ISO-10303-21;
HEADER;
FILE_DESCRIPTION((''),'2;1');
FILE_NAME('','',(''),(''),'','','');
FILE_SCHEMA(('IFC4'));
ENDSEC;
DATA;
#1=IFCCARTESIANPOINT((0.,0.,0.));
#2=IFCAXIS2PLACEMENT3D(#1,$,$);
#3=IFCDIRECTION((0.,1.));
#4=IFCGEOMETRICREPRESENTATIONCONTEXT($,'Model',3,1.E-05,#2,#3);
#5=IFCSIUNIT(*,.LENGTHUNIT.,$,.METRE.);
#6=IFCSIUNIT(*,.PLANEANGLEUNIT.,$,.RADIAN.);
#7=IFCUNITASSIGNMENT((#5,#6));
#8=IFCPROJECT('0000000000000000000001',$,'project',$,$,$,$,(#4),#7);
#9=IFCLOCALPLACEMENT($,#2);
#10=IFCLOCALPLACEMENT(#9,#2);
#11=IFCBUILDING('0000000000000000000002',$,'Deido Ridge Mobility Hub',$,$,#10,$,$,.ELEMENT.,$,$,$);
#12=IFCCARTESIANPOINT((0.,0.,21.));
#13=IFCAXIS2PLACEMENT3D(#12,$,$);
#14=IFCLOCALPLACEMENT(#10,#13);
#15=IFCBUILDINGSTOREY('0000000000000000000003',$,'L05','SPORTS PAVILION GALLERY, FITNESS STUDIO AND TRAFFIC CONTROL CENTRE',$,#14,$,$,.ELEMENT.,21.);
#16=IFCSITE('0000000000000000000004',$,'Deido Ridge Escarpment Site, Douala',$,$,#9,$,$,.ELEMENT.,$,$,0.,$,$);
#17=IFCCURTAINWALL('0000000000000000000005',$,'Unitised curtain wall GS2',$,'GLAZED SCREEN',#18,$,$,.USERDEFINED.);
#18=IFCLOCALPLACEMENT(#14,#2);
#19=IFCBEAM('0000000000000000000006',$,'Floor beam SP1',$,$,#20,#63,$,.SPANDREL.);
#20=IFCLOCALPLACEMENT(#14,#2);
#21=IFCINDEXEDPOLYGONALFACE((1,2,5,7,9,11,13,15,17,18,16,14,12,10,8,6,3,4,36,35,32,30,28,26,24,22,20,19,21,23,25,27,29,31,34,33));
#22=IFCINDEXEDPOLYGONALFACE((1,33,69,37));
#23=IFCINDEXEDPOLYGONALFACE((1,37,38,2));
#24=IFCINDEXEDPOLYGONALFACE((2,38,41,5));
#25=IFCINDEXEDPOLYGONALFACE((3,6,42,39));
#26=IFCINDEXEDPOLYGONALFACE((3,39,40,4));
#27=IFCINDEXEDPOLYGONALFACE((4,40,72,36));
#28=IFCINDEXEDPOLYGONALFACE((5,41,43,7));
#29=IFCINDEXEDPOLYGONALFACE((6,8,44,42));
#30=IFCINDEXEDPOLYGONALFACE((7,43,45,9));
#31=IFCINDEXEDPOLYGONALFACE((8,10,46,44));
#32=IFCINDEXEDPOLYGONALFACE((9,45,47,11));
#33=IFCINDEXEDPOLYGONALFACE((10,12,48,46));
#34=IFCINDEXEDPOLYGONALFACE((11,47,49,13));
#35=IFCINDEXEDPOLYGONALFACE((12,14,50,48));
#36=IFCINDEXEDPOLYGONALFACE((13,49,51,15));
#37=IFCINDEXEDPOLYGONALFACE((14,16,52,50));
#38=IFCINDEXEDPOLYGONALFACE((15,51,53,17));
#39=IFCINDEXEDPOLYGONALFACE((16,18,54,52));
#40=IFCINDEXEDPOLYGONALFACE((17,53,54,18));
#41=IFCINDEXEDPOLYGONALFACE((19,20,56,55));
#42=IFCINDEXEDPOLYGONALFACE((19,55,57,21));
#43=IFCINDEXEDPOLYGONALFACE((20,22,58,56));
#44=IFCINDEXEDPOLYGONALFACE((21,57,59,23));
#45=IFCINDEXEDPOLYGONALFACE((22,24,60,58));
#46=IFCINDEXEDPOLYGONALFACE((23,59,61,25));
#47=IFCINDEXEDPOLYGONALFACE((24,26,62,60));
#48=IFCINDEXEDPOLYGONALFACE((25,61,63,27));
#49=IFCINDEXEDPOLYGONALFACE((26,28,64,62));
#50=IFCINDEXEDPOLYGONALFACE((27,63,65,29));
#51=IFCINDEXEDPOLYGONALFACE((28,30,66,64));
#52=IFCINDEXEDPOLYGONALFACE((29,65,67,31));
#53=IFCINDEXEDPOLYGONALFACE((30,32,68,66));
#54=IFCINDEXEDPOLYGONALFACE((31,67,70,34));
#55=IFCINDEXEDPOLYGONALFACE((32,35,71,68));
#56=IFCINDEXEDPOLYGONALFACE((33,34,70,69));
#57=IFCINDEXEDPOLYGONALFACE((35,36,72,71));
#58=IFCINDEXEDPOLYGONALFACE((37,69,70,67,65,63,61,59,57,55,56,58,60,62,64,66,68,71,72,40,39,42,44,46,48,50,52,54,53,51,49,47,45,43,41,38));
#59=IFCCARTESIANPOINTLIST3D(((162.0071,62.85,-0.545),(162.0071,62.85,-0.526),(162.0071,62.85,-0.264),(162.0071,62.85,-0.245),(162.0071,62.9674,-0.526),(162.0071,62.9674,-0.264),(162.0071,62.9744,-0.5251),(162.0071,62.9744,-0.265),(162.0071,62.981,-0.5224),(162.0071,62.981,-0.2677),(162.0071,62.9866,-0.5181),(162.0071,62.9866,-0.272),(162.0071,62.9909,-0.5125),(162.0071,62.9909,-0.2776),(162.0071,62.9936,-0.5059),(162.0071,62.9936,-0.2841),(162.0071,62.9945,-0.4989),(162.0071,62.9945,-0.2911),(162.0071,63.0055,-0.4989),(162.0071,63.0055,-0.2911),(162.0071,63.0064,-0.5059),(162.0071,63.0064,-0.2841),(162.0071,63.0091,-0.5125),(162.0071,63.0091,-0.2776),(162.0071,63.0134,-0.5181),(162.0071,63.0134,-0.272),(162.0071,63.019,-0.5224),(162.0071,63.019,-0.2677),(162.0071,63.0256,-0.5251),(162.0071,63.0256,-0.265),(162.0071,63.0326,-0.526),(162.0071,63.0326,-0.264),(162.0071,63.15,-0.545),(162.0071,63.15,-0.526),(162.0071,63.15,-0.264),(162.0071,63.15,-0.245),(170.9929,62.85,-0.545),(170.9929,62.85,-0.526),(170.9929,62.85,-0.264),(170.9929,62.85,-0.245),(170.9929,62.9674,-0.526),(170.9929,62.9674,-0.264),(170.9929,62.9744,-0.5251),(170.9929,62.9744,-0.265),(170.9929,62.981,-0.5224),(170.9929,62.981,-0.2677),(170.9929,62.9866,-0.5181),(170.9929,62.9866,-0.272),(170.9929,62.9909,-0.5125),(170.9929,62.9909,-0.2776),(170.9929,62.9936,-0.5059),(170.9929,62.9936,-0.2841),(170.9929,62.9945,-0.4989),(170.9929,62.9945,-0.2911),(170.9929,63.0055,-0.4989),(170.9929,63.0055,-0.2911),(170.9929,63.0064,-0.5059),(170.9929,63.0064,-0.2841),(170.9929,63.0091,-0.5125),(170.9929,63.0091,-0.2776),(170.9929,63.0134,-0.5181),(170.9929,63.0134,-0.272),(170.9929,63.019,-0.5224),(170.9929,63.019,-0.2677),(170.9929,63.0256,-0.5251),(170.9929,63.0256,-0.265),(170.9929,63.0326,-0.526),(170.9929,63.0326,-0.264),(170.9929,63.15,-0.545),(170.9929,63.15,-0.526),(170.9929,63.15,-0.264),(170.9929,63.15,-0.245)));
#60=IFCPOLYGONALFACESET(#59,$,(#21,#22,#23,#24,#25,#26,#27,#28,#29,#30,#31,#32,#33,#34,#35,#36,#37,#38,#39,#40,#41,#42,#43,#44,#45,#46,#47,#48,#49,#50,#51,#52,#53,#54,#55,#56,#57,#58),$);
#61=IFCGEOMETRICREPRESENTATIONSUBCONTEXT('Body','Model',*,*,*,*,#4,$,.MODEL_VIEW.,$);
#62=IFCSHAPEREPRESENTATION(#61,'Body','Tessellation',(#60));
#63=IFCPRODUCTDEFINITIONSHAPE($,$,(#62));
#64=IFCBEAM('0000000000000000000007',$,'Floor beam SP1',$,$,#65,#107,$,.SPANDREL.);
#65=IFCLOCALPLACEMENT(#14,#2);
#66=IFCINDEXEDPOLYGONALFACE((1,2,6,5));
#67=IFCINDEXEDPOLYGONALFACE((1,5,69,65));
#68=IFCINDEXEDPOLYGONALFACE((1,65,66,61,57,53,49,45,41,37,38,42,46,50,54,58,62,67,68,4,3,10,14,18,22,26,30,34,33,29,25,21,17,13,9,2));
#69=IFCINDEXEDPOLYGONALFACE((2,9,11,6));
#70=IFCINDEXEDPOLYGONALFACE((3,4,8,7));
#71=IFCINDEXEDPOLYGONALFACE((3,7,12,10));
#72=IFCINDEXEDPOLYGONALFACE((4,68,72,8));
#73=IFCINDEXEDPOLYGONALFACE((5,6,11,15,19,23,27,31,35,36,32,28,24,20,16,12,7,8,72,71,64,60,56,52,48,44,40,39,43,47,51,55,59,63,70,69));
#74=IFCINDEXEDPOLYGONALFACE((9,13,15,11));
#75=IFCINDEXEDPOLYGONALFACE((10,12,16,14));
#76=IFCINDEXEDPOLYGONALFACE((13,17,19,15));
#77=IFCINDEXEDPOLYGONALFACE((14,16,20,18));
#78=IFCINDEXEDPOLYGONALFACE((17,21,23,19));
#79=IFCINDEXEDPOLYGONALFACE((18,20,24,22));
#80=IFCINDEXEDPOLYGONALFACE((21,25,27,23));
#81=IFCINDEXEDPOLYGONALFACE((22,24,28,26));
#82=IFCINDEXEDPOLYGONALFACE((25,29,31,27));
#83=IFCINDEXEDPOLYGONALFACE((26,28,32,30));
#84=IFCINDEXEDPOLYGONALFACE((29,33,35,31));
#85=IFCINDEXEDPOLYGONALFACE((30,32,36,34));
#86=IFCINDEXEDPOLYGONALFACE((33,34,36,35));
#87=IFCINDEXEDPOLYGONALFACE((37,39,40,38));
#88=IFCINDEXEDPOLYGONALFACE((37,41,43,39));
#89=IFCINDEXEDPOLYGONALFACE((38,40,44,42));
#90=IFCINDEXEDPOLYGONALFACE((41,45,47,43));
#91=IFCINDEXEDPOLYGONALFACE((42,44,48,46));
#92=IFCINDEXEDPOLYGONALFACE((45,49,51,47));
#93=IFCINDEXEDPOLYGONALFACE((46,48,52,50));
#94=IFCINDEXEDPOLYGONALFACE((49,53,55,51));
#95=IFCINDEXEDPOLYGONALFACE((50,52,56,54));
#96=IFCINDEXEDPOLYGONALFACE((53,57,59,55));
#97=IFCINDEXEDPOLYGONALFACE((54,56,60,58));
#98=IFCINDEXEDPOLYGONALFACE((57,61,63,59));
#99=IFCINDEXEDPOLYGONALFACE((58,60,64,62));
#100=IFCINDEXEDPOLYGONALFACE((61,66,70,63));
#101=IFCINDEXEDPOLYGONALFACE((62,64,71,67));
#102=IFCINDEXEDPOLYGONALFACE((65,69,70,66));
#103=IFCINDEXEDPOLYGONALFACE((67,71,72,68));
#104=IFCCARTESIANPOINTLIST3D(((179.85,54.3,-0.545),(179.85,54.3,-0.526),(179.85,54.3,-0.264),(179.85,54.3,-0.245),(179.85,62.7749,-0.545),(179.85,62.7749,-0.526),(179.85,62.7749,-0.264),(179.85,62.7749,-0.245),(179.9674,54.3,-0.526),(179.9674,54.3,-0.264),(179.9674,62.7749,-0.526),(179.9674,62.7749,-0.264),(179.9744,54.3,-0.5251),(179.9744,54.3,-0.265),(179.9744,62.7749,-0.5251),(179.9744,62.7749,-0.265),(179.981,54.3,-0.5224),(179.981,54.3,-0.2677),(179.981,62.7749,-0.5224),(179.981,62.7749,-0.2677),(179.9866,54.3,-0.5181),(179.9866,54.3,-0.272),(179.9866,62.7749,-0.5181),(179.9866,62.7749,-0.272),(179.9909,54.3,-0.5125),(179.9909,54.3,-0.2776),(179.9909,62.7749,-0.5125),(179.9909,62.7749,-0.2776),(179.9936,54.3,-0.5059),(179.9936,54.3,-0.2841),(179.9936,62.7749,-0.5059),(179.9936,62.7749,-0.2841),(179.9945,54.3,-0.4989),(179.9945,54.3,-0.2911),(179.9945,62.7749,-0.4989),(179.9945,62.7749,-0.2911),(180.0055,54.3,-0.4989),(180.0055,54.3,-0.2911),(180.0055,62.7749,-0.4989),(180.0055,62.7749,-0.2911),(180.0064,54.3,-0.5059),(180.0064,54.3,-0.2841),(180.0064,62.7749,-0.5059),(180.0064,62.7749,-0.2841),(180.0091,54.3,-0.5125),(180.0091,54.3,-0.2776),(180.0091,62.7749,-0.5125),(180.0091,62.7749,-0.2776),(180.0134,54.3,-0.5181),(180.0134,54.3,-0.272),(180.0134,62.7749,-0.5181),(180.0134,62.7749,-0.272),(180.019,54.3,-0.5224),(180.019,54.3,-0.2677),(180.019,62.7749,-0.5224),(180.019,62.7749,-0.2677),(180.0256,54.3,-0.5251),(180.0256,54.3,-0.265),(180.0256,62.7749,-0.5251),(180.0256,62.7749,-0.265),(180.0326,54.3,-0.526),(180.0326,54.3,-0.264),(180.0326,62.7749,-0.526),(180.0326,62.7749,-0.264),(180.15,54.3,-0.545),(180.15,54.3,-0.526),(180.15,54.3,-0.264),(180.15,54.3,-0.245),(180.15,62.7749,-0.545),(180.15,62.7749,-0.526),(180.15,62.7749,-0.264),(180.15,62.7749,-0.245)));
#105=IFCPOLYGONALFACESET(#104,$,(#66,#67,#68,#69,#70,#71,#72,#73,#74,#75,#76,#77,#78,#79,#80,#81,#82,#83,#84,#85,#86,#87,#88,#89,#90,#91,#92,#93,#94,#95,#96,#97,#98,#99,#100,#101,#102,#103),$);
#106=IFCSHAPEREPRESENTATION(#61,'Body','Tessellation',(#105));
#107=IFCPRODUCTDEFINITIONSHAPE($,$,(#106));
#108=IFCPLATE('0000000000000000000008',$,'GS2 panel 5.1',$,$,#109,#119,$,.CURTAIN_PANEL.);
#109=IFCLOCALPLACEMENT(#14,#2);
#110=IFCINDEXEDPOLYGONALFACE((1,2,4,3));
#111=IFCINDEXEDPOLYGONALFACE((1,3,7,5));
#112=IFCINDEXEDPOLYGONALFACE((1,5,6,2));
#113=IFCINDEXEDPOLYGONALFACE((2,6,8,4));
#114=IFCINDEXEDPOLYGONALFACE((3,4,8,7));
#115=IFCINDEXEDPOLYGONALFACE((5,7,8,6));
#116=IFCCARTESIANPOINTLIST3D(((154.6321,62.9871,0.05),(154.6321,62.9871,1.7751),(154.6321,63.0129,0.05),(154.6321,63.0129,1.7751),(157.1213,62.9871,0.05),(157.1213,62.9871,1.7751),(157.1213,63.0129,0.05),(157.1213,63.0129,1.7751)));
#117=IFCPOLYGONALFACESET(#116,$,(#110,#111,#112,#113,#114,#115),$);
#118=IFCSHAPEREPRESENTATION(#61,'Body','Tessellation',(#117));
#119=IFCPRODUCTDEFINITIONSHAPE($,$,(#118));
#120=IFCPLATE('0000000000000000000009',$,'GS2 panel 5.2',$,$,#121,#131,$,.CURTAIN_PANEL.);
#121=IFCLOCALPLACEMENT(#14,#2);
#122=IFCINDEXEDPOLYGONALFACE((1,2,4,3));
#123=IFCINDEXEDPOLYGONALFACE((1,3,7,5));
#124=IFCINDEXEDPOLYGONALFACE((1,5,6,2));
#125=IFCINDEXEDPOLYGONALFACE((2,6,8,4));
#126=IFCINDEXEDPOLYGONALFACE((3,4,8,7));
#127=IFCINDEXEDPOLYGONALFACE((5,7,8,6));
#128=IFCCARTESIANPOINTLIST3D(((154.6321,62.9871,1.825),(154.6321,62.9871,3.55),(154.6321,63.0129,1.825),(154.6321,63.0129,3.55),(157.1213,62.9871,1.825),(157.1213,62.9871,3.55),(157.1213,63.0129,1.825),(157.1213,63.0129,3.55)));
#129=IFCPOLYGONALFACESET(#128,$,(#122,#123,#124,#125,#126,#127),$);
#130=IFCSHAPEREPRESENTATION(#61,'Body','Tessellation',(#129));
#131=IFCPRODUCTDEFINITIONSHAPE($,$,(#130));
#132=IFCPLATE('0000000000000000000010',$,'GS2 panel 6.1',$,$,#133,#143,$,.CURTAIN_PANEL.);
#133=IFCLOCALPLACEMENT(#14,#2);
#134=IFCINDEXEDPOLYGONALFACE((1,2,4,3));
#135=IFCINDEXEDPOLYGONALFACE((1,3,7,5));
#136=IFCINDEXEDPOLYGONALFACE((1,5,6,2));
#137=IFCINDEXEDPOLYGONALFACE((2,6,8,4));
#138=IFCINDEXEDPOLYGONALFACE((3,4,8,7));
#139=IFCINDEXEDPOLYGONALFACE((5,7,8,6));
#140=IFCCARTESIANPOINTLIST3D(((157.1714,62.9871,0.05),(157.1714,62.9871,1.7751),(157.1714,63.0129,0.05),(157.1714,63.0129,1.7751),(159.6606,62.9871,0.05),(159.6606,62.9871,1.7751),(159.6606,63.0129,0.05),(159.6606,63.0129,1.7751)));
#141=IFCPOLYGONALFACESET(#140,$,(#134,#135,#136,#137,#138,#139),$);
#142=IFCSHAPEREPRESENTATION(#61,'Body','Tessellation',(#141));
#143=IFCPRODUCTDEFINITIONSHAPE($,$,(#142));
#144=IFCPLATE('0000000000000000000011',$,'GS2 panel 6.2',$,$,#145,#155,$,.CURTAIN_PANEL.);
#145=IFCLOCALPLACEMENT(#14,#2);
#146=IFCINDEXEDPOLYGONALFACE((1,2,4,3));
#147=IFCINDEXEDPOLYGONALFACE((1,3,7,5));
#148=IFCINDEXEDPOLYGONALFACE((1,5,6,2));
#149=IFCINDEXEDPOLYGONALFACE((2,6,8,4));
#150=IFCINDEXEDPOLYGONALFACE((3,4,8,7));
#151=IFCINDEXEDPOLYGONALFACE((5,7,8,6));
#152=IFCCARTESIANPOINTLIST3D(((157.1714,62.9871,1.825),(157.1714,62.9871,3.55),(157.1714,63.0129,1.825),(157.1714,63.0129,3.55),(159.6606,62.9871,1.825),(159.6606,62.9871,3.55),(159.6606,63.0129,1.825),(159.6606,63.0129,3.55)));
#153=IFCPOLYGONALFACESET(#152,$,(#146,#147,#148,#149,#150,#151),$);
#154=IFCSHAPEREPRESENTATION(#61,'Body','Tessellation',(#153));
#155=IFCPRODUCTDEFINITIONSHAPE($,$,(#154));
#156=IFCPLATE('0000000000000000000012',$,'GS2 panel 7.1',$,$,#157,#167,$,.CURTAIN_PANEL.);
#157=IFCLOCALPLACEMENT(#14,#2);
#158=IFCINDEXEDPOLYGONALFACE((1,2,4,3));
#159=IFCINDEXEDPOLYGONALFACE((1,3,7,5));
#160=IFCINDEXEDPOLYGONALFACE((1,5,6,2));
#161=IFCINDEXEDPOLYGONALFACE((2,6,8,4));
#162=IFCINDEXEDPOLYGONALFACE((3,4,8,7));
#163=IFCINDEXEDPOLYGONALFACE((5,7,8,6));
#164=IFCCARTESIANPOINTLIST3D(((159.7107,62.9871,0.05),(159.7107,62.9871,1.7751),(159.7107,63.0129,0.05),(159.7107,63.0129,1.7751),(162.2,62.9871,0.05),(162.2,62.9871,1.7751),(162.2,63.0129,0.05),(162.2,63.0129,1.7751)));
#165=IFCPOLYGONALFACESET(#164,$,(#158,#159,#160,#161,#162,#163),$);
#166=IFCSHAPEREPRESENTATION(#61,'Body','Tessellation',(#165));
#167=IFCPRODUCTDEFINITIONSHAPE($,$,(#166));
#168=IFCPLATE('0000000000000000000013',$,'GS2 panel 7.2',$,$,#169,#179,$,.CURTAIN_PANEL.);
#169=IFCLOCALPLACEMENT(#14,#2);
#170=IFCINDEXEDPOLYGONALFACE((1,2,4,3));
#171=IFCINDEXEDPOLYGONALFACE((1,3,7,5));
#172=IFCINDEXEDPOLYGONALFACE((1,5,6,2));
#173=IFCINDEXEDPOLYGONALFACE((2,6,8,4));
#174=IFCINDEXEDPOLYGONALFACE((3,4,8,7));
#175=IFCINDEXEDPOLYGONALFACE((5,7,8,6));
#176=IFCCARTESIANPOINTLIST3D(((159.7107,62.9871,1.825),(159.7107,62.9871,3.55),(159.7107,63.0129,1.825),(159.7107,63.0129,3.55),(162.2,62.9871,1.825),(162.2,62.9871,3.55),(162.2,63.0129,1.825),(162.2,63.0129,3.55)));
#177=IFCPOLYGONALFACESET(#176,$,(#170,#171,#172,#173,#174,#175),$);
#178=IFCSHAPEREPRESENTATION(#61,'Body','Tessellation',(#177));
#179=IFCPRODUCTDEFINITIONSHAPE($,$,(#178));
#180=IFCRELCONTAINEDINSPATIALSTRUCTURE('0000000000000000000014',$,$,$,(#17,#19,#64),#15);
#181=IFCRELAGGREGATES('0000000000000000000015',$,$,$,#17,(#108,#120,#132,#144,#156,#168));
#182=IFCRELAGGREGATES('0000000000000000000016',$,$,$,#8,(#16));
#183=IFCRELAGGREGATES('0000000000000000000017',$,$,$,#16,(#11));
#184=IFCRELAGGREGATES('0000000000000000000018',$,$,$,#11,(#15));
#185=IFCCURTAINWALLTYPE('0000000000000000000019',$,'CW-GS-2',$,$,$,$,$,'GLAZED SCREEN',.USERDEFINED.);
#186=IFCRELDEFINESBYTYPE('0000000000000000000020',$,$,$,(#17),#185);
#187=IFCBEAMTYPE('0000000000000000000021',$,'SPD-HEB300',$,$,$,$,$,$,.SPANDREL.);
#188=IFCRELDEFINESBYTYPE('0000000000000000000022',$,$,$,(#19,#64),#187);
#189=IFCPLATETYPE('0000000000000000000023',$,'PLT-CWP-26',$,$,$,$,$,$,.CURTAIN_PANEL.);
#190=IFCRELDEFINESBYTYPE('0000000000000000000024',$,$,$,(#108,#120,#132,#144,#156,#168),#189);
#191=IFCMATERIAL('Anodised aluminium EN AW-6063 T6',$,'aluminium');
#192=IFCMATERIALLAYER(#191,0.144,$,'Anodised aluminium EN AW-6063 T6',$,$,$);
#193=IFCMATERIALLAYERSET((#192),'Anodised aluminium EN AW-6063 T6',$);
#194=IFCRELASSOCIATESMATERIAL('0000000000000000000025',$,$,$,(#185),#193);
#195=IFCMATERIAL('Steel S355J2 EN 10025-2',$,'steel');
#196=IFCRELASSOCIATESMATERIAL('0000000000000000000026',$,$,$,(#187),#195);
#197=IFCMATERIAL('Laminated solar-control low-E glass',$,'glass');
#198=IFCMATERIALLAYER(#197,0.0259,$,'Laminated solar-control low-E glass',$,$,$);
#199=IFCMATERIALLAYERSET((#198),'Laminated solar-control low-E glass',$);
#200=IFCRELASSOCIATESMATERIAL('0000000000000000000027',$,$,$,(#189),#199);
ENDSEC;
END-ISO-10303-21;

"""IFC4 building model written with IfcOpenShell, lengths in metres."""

from ifc_helpers import new_model, si_unit, direction, frame, origin, origin_2d, place, context, subcontext, project, spatial, rectangle, i_section, extrude, material, layer, layer_set, material_profile, profile_set, type_object, element, aggregate, save


model = new_model("IFC4")

# Units and contexts
model_context = context("Model", 3, precision=1e-05, world=origin(), true_north=direction((0.0, 1.0)))
body_context = subcontext(model_context, "Body", "Model", "MODEL_VIEW")
ifc_project = project(units=[si_unit("LENGTHUNIT", "METRE"), si_unit("PLANEANGLEUNIT", "RADIAN")], contexts=[model_context])

# Site, building, storey
site_placement = place(None, origin())
site = spatial("IfcSite", under=ifc_project, at=site_placement, Name="Deido Ridge Escarpment Site, Douala", CompositionType="ELEMENT", RefElevation=0.0)
building_placement = place(site_placement, origin())
building = spatial("IfcBuilding", under=site, at=building_placement, Name="Deido Ridge Mobility Hub", CompositionType="ELEMENT")
storey_placement = place(building_placement, frame((0.0, 0.0, 21.0)))
storey = spatial("IfcBuildingStorey", under=building, at=storey_placement, Name="L05", Description="SPORTS PAVILION GALLERY, FITNESS STUDIO AND TRAFFIC CONTROL CENTRE", CompositionType="ELEMENT", Elevation=21.0)

# Shared definitions
ifc_material_1 = material(Name="Steel S355J2 EN 10025-2", Category="steel")

# Curtain wall
ifc_material_2 = material(Name="Anodised aluminium EN AW-6063 T6", Category="aluminium")
ifc_layer_1 = layer(ifc_material_2, 0.144, Name="Anodised aluminium EN AW-6063 T6")
ifc_layer_set_1 = layer_set([ifc_layer_1], Name="Anodised aluminium EN AW-6063 T6")
curtain_wall_type = type_object("IfcCurtainWallType", Name="CW-GS-2", ElementType="GLAZED SCREEN", PredefinedType="USERDEFINED", material=ifc_layer_set_1)
curtain_wall_placement = place(storey_placement, origin())
curtain_wall = element("IfcCurtainWall", 1, at=curtain_wall_placement, inside=storey, type_object=curtain_wall_type, Name="Unitised curtain wall GS2", ObjectType="GLAZED SCREEN", PredefinedType="USERDEFINED")

# Beams
ifc_material_profile_1 = material_profile(ifc_material_1, i_section(OverallWidth=0.3, OverallDepth=0.3, WebThickness=0.011, FlangeThickness=0.019, FilletRadius=0.0271, at=origin_2d()), Name="HEB 300")
ifc_profile_set_1 = profile_set([ifc_material_profile_1], Name="Steel S355J2 EN 10025-2")
beam_type_1 = type_object("IfcBeamType", Name="SPD-HEB300", PredefinedType="SPANDREL", material=ifc_profile_set_1)
beam_1_placement = place(storey_placement, frame((162.0071, 63.0, -0.395), z_axis=(1.0, 0.0, 0.0), x_axis=(0.0, 1.0, 0.0)))
element("IfcBeam", 2, at=beam_1_placement, inside=storey, type_object=beam_type_1, Name="Floor beam SP1", PredefinedType="SPANDREL", context=body_context, shape_type="SweptSolid", body=[
    extrude(i_section(OverallWidth=0.3, OverallDepth=0.3, WebThickness=0.011, FlangeThickness=0.019, FilletRadius=0.0271, at=origin_2d()), origin(), (0.0, 0.0, 1.0), 8.9858),
])
beam_2_placement = place(storey_placement, frame((180.0, 54.3, -0.395), z_axis=(0.0, 1.0, 0.0), x_axis=(-1.0, 0.0, 0.0)))
element("IfcBeam", 3, at=beam_2_placement, inside=storey, type_object=beam_type_1, Name="Floor beam SP1", PredefinedType="SPANDREL", context=body_context, shape_type="SweptSolid", body=[
    extrude(i_section(OverallWidth=0.3, OverallDepth=0.3, WebThickness=0.011, FlangeThickness=0.019, FilletRadius=0.0271, at=origin_2d()), origin(), (0.0, 0.0, 1.0), 8.4749),
])

# Plates
ifc_material_3 = material(Name="Laminated solar-control low-E glass", Category="glass")
ifc_layer_2 = layer(ifc_material_3, 0.0259, Name="Laminated solar-control low-E glass")
ifc_layer_set_2 = layer_set([ifc_layer_2], Name="Laminated solar-control low-E glass")
plate_type = type_object("IfcPlateType", Name="PLT-CWP-26", PredefinedType="CURTAIN_PANEL", material=ifc_layer_set_2)
plate_1_placement = place(storey_placement, frame((155.8767, 63.0, 0.05), z_axis=(0.0, 0.0, 1.0), x_axis=(1.0, 0.0, 0.0)))
plate_1 = element("IfcPlate", 4, at=plate_1_placement, type_object=plate_type, Name="GS2 panel 5.1", PredefinedType="CURTAIN_PANEL", context=body_context, shape_type="SweptSolid", body=[
    extrude(rectangle(XDim=2.4893, YDim=0.0259, at=origin_2d()), origin(), (0.0, 0.0, 1.0), 1.7251),
])
plate_2_placement = place(storey_placement, frame((155.8767, 63.0, 1.825), z_axis=(0.0, 0.0, 1.0), x_axis=(1.0, 0.0, 0.0)))
plate_2 = element("IfcPlate", 5, at=plate_2_placement, type_object=plate_type, Name="GS2 panel 5.2", PredefinedType="CURTAIN_PANEL", context=body_context, shape_type="SweptSolid", body=[
    extrude(rectangle(XDim=2.4893, YDim=0.0259, at=origin_2d()), origin(), (0.0, 0.0, 1.0), 1.7251),
])
plate_3_placement = place(storey_placement, frame((158.416, 63.0, 0.05), z_axis=(0.0, 0.0, 1.0), x_axis=(1.0, 0.0, 0.0)))
plate_3 = element("IfcPlate", 6, at=plate_3_placement, type_object=plate_type, Name="GS2 panel 6.1", PredefinedType="CURTAIN_PANEL", context=body_context, shape_type="SweptSolid", body=[
    extrude(rectangle(XDim=2.4893, YDim=0.0259, at=origin_2d()), origin(), (0.0, 0.0, 1.0), 1.7251),
])
plate_4_placement = place(storey_placement, frame((158.416, 63.0, 1.825), z_axis=(0.0, 0.0, 1.0), x_axis=(1.0, 0.0, 0.0)))
plate_4 = element("IfcPlate", 7, at=plate_4_placement, type_object=plate_type, Name="GS2 panel 6.2", PredefinedType="CURTAIN_PANEL", context=body_context, shape_type="SweptSolid", body=[
    extrude(rectangle(XDim=2.4893, YDim=0.0259, at=origin_2d()), origin(), (0.0, 0.0, 1.0), 1.7251),
])
plate_5_placement = place(storey_placement, frame((160.9553, 63.0, 0.05), z_axis=(0.0, 0.0, 1.0), x_axis=(1.0, 0.0, 0.0)))
plate_5 = element("IfcPlate", 8, at=plate_5_placement, type_object=plate_type, Name="GS2 panel 7.1", PredefinedType="CURTAIN_PANEL", context=body_context, shape_type="SweptSolid", body=[
    extrude(rectangle(XDim=2.4893, YDim=0.0259, at=origin_2d()), origin(), (0.0, 0.0, 1.0), 1.7251),
])
plate_6_placement = place(storey_placement, frame((160.9553, 63.0, 1.825), z_axis=(0.0, 0.0, 1.0), x_axis=(1.0, 0.0, 0.0)))
plate_6 = element("IfcPlate", 9, at=plate_6_placement, type_object=plate_type, Name="GS2 panel 7.2", PredefinedType="CURTAIN_PANEL", context=body_context, shape_type="SweptSolid", body=[
    extrude(rectangle(XDim=2.4893, YDim=0.0259, at=origin_2d()), origin(), (0.0, 0.0, 1.0), 1.7251),
])
aggregate(curtain_wall, [plate_1, plate_2, plate_3, plate_4, plate_5, plate_6])

save(model, "model.ifc")
